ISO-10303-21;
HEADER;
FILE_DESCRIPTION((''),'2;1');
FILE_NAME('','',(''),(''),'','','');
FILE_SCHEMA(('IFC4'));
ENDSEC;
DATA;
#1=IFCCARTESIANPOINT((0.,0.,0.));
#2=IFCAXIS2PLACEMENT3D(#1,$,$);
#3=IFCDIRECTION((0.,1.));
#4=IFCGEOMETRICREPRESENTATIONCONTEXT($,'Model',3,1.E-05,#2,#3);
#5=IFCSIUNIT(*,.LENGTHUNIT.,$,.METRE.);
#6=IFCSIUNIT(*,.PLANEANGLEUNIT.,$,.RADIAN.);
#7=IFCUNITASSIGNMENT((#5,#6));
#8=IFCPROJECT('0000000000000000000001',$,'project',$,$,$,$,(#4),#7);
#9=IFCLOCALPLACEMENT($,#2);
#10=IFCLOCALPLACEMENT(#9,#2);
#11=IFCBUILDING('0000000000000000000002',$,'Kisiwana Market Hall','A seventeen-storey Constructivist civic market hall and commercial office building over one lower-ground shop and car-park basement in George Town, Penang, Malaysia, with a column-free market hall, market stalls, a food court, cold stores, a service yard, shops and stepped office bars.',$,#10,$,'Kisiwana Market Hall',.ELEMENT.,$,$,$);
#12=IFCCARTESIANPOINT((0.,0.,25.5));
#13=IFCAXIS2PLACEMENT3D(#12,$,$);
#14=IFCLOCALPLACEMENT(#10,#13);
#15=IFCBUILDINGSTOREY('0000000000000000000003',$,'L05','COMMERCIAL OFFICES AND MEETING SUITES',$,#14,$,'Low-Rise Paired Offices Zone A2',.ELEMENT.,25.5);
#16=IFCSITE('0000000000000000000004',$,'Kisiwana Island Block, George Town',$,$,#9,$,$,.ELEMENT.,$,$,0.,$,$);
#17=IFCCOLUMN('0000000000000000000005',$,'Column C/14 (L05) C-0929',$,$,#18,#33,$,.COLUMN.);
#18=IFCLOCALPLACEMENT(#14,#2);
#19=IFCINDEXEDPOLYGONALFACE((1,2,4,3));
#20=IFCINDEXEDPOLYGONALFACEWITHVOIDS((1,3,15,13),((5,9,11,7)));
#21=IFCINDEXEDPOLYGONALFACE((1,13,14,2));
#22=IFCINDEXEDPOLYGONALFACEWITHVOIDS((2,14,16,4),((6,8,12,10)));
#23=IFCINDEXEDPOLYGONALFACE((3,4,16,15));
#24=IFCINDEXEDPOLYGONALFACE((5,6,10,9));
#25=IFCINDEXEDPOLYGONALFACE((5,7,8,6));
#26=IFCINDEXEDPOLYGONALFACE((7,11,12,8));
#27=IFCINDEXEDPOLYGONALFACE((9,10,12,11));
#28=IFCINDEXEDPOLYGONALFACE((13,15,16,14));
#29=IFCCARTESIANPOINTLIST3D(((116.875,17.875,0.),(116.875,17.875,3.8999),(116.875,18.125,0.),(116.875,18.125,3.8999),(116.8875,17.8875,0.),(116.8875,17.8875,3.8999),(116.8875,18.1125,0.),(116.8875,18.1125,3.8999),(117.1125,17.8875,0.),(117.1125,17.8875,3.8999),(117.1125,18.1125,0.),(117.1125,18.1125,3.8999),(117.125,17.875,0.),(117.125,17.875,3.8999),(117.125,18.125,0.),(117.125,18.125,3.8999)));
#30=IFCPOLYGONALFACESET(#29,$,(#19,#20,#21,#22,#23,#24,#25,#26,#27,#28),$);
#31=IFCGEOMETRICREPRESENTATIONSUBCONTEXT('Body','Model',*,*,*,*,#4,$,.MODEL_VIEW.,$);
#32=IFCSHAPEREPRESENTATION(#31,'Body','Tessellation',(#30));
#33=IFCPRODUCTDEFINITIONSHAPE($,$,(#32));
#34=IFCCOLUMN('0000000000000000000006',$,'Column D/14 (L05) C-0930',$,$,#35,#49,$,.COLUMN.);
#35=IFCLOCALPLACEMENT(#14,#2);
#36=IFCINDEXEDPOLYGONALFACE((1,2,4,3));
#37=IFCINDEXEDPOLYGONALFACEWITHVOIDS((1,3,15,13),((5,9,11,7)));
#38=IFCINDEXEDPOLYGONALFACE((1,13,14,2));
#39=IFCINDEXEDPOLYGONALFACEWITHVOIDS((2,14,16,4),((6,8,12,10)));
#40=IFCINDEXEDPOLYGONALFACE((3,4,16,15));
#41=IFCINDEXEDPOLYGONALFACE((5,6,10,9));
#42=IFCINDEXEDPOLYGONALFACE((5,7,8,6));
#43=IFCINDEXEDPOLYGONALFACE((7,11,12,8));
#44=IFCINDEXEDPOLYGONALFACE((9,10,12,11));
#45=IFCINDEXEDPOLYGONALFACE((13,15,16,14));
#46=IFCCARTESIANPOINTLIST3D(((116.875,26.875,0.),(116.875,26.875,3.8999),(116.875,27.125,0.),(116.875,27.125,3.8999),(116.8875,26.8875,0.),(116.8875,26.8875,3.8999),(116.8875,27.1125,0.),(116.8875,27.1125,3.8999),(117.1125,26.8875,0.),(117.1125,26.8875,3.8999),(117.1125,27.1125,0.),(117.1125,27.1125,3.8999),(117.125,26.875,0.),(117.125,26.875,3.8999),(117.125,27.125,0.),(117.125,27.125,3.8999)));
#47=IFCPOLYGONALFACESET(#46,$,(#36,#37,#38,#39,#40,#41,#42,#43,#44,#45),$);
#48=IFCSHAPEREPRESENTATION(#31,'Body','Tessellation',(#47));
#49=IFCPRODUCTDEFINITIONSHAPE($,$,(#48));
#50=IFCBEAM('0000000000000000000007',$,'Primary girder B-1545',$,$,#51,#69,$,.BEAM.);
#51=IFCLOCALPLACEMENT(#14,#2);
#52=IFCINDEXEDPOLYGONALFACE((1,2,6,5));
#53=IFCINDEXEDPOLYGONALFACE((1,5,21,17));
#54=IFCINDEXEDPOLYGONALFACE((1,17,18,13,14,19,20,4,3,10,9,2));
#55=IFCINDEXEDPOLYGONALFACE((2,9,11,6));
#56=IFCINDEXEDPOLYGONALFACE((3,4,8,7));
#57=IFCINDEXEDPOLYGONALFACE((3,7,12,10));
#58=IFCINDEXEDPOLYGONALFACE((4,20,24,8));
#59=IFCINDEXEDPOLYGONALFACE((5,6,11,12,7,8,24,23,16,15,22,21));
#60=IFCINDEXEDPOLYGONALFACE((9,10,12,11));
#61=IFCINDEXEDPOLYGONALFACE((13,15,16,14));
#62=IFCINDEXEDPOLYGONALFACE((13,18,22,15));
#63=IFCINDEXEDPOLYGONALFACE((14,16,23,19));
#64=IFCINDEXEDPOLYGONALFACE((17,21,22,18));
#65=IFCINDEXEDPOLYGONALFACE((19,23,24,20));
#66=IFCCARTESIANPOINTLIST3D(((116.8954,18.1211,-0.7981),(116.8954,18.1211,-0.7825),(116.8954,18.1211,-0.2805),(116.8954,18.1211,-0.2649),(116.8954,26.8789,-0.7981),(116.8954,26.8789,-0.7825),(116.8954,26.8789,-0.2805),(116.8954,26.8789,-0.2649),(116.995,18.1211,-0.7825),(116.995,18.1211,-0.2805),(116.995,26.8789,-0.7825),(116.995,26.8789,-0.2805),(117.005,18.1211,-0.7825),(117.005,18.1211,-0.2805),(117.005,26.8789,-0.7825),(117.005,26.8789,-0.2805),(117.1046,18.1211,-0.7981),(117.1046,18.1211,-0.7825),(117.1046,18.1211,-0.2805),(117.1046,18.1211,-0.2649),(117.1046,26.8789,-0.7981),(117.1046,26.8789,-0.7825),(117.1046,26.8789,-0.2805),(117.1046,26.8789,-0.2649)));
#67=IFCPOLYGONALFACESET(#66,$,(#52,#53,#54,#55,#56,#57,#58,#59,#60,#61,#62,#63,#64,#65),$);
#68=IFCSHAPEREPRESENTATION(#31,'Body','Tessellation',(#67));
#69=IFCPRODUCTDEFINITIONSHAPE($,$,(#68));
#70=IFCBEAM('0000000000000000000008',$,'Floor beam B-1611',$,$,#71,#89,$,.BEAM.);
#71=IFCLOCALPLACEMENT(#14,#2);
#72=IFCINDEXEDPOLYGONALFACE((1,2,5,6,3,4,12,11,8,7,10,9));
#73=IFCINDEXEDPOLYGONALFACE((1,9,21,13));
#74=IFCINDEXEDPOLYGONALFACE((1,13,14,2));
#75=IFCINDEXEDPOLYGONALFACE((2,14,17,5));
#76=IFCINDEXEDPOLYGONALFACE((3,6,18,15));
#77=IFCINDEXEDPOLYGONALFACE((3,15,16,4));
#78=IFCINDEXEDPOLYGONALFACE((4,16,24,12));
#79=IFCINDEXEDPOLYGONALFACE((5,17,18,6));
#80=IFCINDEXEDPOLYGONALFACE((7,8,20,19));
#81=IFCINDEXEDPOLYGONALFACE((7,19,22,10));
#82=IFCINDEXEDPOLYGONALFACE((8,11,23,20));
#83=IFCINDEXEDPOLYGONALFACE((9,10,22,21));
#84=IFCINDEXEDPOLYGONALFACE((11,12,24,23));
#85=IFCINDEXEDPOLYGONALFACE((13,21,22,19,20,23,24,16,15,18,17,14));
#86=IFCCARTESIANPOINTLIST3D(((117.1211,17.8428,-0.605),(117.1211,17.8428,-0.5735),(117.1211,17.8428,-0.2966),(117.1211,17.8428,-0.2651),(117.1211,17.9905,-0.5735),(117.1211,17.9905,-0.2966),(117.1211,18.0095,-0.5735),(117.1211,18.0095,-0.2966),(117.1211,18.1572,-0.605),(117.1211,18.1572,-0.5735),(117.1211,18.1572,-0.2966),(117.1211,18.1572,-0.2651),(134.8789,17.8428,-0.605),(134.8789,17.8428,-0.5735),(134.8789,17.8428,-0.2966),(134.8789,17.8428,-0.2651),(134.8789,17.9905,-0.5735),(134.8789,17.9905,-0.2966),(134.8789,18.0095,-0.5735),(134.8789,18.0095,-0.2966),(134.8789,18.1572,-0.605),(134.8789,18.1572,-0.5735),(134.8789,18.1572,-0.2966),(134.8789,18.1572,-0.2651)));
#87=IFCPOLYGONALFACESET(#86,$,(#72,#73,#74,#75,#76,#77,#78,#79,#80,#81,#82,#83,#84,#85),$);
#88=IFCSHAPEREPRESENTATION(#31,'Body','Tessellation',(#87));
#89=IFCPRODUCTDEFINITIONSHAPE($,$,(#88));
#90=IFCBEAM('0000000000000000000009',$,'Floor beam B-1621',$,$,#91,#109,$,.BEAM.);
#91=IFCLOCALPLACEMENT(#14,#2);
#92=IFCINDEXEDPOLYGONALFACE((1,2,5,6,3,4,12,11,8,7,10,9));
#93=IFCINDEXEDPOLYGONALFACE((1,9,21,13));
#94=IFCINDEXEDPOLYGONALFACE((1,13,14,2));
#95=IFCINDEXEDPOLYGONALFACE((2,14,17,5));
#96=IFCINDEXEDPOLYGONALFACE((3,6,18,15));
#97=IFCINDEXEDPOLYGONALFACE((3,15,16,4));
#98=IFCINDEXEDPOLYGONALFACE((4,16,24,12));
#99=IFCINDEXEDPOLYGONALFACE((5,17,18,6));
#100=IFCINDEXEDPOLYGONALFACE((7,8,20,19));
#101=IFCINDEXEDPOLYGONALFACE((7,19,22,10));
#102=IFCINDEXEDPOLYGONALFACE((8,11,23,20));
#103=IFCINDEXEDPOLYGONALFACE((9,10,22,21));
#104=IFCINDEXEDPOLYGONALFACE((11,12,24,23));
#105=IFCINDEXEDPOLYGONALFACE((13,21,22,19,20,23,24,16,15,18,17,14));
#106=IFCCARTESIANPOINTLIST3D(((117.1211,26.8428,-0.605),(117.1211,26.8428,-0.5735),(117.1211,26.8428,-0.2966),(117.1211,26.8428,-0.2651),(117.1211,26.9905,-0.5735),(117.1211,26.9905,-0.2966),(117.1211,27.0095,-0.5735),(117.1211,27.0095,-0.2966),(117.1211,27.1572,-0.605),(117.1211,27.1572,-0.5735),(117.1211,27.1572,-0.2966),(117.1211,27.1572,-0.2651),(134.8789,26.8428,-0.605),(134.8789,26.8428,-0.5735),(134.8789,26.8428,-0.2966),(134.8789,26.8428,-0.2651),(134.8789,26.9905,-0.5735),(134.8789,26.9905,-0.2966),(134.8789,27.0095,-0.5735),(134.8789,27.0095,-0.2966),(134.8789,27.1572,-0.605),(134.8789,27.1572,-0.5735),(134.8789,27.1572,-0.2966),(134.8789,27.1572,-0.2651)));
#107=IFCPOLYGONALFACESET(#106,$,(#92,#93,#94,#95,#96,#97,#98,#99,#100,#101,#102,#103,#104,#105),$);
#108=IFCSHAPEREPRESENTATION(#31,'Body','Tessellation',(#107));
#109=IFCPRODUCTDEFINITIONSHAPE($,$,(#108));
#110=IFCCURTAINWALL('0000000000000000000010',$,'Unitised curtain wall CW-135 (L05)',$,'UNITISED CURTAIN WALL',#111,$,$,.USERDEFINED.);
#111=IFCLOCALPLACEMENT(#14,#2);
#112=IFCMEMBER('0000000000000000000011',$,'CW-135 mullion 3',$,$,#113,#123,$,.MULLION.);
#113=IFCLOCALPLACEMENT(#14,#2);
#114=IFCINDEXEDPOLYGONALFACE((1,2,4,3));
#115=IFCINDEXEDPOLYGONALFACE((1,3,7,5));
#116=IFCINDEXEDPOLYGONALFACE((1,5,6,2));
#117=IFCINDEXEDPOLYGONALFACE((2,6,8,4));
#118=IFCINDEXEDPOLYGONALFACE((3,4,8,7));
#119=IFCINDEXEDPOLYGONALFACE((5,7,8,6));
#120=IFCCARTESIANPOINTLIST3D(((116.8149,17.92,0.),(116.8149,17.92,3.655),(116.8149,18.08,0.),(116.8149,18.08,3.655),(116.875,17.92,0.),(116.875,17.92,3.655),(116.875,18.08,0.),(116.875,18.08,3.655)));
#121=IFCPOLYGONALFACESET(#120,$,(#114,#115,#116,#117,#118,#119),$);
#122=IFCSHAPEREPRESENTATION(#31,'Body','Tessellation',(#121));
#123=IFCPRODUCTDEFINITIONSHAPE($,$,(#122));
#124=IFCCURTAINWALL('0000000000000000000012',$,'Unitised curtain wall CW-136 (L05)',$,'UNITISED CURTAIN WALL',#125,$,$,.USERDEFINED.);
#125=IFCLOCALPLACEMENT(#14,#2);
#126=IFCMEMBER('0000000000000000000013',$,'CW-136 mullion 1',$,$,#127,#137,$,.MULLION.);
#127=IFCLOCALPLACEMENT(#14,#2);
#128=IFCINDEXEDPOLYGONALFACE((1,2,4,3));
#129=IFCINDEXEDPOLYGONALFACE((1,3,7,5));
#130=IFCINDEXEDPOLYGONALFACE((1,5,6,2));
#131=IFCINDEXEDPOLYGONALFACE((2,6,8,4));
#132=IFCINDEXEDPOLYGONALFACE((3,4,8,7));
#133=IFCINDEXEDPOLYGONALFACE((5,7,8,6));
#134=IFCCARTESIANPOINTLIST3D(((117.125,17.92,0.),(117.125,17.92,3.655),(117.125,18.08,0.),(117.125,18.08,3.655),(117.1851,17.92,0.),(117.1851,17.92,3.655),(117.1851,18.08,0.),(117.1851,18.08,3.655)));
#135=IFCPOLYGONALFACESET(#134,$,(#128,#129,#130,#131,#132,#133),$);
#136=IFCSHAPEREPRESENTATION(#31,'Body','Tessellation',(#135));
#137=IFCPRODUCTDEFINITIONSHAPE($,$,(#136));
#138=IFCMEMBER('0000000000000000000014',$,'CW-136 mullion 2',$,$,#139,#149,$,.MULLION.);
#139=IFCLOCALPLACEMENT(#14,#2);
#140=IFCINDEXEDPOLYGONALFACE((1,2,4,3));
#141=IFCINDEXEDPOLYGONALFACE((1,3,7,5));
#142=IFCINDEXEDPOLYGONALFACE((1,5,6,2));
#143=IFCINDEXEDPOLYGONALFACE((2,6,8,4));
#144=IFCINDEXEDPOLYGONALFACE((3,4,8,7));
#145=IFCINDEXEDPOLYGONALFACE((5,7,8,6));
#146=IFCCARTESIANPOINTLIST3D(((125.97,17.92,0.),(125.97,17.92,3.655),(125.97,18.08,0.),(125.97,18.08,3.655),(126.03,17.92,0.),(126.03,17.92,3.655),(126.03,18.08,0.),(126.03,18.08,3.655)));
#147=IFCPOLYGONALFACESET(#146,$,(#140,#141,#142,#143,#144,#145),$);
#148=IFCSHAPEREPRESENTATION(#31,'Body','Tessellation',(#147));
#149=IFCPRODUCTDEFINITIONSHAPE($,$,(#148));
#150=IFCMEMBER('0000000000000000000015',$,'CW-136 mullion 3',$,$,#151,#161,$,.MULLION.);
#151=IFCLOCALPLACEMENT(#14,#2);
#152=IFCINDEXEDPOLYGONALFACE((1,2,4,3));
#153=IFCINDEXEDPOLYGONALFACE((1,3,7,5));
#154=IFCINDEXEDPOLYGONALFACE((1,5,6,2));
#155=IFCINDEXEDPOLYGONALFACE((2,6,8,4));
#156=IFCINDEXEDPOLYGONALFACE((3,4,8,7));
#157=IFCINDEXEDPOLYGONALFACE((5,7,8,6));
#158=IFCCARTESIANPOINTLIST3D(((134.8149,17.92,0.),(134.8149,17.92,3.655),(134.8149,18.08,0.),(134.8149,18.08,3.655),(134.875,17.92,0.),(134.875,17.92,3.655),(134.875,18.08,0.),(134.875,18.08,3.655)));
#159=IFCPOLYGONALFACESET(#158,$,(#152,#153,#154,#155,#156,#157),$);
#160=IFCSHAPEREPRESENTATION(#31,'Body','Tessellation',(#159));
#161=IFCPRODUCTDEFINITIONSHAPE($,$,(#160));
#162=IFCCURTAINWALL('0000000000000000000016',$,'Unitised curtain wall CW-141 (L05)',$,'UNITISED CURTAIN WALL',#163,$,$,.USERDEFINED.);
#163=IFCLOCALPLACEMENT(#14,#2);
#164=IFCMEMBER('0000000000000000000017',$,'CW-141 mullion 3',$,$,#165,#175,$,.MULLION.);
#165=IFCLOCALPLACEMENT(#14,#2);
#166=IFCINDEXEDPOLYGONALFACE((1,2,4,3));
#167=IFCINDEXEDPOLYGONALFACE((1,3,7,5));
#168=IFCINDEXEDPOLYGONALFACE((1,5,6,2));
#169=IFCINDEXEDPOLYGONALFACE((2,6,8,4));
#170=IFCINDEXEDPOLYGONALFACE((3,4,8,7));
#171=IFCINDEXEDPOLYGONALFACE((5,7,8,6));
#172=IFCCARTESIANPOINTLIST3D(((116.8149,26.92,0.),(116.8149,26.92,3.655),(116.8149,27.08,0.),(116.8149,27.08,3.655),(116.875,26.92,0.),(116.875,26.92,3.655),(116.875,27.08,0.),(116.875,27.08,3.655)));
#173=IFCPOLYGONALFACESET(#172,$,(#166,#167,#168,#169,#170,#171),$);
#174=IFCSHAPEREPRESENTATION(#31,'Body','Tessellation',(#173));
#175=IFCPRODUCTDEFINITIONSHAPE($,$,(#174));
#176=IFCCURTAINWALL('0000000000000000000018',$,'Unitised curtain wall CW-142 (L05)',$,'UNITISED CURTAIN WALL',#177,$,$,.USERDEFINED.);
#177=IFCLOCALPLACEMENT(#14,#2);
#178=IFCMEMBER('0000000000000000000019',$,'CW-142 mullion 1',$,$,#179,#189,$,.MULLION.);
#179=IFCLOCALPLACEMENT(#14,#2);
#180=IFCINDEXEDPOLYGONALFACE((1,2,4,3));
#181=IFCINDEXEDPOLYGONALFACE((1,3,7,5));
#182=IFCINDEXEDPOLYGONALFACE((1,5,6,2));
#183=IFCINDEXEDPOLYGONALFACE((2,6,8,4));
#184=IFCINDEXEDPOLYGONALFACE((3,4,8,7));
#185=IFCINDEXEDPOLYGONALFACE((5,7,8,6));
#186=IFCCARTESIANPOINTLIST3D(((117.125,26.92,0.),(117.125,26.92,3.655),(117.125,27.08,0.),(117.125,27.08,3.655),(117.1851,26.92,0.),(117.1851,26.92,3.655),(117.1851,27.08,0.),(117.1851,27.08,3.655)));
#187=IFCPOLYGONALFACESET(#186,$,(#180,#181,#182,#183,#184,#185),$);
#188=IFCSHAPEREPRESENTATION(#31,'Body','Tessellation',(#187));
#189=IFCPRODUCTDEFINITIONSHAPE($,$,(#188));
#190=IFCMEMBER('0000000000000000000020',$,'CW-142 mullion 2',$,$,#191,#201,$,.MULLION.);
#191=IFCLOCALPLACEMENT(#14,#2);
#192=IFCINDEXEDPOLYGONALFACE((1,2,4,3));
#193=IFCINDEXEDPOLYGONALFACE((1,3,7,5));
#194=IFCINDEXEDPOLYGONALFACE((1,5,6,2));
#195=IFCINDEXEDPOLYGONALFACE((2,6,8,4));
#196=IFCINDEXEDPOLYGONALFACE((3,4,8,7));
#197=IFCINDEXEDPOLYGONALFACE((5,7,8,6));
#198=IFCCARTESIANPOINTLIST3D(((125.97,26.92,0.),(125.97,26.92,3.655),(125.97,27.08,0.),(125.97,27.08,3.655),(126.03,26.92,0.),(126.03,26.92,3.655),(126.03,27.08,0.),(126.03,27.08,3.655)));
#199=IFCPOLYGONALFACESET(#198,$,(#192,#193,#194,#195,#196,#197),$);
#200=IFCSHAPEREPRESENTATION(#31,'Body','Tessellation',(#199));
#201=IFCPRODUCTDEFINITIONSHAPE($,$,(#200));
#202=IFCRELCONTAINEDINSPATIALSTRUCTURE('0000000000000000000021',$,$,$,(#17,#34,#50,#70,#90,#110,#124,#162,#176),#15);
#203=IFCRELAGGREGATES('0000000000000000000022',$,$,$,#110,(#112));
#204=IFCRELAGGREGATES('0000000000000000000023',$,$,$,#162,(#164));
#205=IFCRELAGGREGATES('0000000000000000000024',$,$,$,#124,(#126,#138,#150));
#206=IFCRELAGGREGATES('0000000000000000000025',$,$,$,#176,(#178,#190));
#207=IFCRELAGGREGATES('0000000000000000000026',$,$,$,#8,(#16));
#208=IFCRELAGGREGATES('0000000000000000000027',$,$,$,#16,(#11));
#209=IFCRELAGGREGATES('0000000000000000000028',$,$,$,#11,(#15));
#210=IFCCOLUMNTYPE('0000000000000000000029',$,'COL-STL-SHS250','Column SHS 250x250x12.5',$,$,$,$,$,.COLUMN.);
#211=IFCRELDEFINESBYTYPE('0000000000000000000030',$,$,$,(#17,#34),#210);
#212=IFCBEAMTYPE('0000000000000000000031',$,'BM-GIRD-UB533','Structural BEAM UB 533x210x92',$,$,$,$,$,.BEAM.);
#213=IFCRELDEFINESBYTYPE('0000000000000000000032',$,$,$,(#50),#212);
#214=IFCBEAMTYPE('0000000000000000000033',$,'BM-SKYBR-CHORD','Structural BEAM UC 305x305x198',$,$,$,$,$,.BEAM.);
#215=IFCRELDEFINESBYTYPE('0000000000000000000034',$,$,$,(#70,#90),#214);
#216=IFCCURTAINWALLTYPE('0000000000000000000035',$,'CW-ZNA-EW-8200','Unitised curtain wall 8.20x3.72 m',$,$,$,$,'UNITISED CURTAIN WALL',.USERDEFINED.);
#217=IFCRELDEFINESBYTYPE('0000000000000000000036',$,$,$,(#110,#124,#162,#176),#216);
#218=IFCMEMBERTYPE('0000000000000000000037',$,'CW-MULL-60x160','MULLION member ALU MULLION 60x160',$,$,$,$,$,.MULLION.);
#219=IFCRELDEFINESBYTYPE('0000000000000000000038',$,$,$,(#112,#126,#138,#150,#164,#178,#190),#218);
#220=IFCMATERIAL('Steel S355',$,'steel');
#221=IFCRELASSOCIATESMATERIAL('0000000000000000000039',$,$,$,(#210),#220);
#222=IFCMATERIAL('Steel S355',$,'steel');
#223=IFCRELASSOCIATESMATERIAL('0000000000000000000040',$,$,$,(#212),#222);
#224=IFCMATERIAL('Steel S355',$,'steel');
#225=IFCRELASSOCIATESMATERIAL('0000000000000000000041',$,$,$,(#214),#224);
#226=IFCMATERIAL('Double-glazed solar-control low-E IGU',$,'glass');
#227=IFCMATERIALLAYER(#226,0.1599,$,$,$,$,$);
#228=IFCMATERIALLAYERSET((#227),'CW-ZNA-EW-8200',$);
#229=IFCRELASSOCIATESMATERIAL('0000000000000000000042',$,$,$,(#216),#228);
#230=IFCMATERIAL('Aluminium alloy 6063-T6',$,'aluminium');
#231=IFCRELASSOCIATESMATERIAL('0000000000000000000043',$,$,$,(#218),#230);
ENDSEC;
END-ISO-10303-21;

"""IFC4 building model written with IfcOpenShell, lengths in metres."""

from ifc_helpers import new_model, si_unit, direction, frame, origin, origin_2d, place, context, subcontext, project, spatial, rectangle, hollow_rectangle, i_section, extrude, material, layer, layer_set, material_profile, profile_set, type_object, element, aggregate, save


model = new_model("IFC4")

# Units and contexts
model_context = context("Model", 3, precision=1e-05, world=origin(), true_north=direction((0.0, 1.0)))
body_context = subcontext(model_context, "Body", "Model", "MODEL_VIEW")
ifc_project = project(units=[si_unit("LENGTHUNIT", "METRE"), si_unit("PLANEANGLEUNIT", "RADIAN")], contexts=[model_context])

# Site, building, storey
site_placement = place(None, origin())
site = spatial("IfcSite", under=ifc_project, at=site_placement, Name="Kisiwana Island Block, George Town", CompositionType="ELEMENT", RefElevation=0.0)
building_placement = place(site_placement, origin())
building = spatial("IfcBuilding", under=site, at=building_placement, Name="Kisiwana Market Hall", Description="A seventeen-storey Constructivist civic market hall and commercial office building over one lower-ground shop and car-park basement in George Town, Penang, Malaysia, with a column-free market hall, market stalls, a food court, cold stores, a service yard, shops and stepped office bars.", LongName="Kisiwana Market Hall", CompositionType="ELEMENT")
storey_placement = place(building_placement, frame((0.0, 0.0, 25.5)))
storey = spatial("IfcBuildingStorey", under=building, at=storey_placement, Name="L05", Description="COMMERCIAL OFFICES AND MEETING SUITES", LongName="Low-Rise Paired Offices Zone A2", CompositionType="ELEMENT", Elevation=25.5)

# Columns
ifc_material_1 = material(Name="Steel S355", Category="steel")
ifc_material_profile_1 = material_profile(ifc_material_1, hollow_rectangle(XDim=0.25, YDim=0.25, WallThickness=0.0125, at=origin_2d()), Name="SHS 250x250x12.5")
ifc_profile_set_1 = profile_set([ifc_material_profile_1], Name="Steel S355")
column_type = type_object("IfcColumnType", Name="COL-STL-SHS250", Description="Column SHS 250x250x12.5", PredefinedType="COLUMN", material=ifc_profile_set_1)
for number, where, z_axis, x_axis, name in (
    (1, (117.0, 18.0, 0.0), (0.0, 0.0, 1.0), (1.0, 0.0, 0.0), "Column C/14 (L05) C-0929"),
    (2, (117.0, 27.0, 0.0), (0.0, 0.0, 1.0), (1.0, 0.0, 0.0), "Column D/14 (L05) C-0930"),
):
    element("IfcColumn", number, at=place(storey_placement, frame(where, z_axis=z_axis, x_axis=x_axis)), inside=storey, type_object=column_type, Name=name, PredefinedType="COLUMN", context=body_context, shape_type="SweptSolid", body=[
        extrude(hollow_rectangle(XDim=0.25, YDim=0.25, WallThickness=0.0125, at=origin_2d()), origin(), (0.0, 0.0, 1.0), 3.8999),
    ])

# Beams
ifc_material_2 = material(Name="Steel S355", Category="steel")
ifc_material_profile_2 = material_profile(ifc_material_2, i_section(OverallWidth=0.2092, OverallDepth=0.5332, WebThickness=0.01, FlangeThickness=0.0156, at=origin_2d()), Name="UB 533x210x92")
ifc_profile_set_2 = profile_set([ifc_material_profile_2], Name="Steel S355")
beam_type_1 = type_object("IfcBeamType", Name="BM-GIRD-UB533", Description="Structural BEAM UB 533x210x92", PredefinedType="BEAM", material=ifc_profile_set_2)
beam_placement = place(storey_placement, frame((117.0, 18.1211, -0.5315), z_axis=(0.0, 1.0, 0.0), x_axis=(-1.0, 0.0, 0.0)))
element("IfcBeam", 3, at=beam_placement, inside=storey, type_object=beam_type_1, Name="Primary girder B-1545", PredefinedType="BEAM", context=body_context, shape_type="SweptSolid", body=[
    extrude(i_section(OverallWidth=0.2092, OverallDepth=0.5332, WebThickness=0.01, FlangeThickness=0.0156, at=origin_2d()), origin(), (0.0, 0.0, 1.0), 8.7578),
])
ifc_material_3 = material(Name="Steel S355", Category="steel")
ifc_material_profile_3 = material_profile(ifc_material_3, i_section(OverallWidth=0.3145, OverallDepth=0.3398, WebThickness=0.019, FlangeThickness=0.0315, at=origin_2d()), Name="UC 305x305x198")
ifc_profile_set_3 = profile_set([ifc_material_profile_3], Name="Steel S355")
beam_type_2 = type_object("IfcBeamType", Name="BM-SKYBR-CHORD", Description="Structural BEAM UC 305x305x198", PredefinedType="BEAM", material=ifc_profile_set_3)
for number, where, z_axis, x_axis, name in (
    (4, (117.1211, 18.0, -0.4351), (1.0, 0.0, 0.0), (0.0, 1.0, 0.0), "Floor beam B-1611"),
    (5, (117.1211, 27.0, -0.4351), (1.0, 0.0, 0.0), (0.0, 1.0, 0.0), "Floor beam B-1621"),
):
    element("IfcBeam", number, at=place(storey_placement, frame(where, z_axis=z_axis, x_axis=x_axis)), inside=storey, type_object=beam_type_2, Name=name, PredefinedType="BEAM", context=body_context, shape_type="SweptSolid", body=[
        extrude(i_section(OverallWidth=0.3145, OverallDepth=0.3398, WebThickness=0.019, FlangeThickness=0.0315, at=origin_2d()), origin(), (0.0, 0.0, 1.0), 17.7578),
    ])

# Curtain wall, member
ifc_material_4 = material(Name="Double-glazed solar-control low-E IGU", Category="glass")
ifc_layer_1 = layer(ifc_material_4, 0.1599)
ifc_layer_set_1 = layer_set([ifc_layer_1], Name="CW-ZNA-EW-8200")
curtain_wall_type = type_object("IfcCurtainWallType", Name="CW-ZNA-EW-8200", Description="Unitised curtain wall 8.20x3.72 m", ElementType="UNITISED CURTAIN WALL", PredefinedType="USERDEFINED", material=ifc_layer_set_1)
curtain_wall_1_placement = place(storey_placement, origin())
curtain_wall_1 = element("IfcCurtainWall", 6, at=curtain_wall_1_placement, inside=storey, type_object=curtain_wall_type, Name="Unitised curtain wall CW-135 (L05)", ObjectType="UNITISED CURTAIN WALL", PredefinedType="USERDEFINED")
ifc_material_5 = material(Name="Aluminium alloy 6063-T6", Category="aluminium")
ifc_material_profile_4 = material_profile(ifc_material_5, rectangle(XDim=0.0601, YDim=0.1599, at=origin_2d()), Name="ALU MULLION 60x160")
ifc_profile_set_4 = profile_set([ifc_material_profile_4], Name="Aluminium alloy 6063-T6")
member_type_1 = type_object("IfcMemberType", Name="CW-MULL-60x160", Description="MULLION member ALU MULLION 60x160", PredefinedType="MULLION", material=ifc_profile_set_4)
member_1_placement = place(storey_placement, frame((116.845, 18.0, 0.0), z_axis=(0.0, 0.0, 1.0), x_axis=(1.0, 0.0, 0.0)))
member_1 = element("IfcMember", 7, at=member_1_placement, type_object=member_type_1, Name="CW-135 mullion 3", PredefinedType="MULLION", context=body_context, shape_type="SweptSolid", body=[
    extrude(rectangle(XDim=0.0601, YDim=0.1599, at=origin_2d()), origin(), (0.0, 0.0, 1.0), 3.655),
])

# Curtain wall, members
curtain_wall_2_placement = place(storey_placement, origin())
curtain_wall_2 = element("IfcCurtainWall", 8, at=curtain_wall_2_placement, inside=storey, type_object=curtain_wall_type, Name="Unitised curtain wall CW-136 (L05)", ObjectType="UNITISED CURTAIN WALL", PredefinedType="USERDEFINED")
member_2_placement = place(storey_placement, frame((117.155, 18.0, 0.0), z_axis=(0.0, 0.0, 1.0), x_axis=(1.0, 0.0, 0.0)))
member_2 = element("IfcMember", 9, at=member_2_placement, type_object=member_type_1, Name="CW-136 mullion 1", PredefinedType="MULLION", context=body_context, shape_type="SweptSolid", body=[
    extrude(rectangle(XDim=0.0601, YDim=0.1599, at=origin_2d()), origin(), (0.0, 0.0, 1.0), 3.655),
])
member_3_placement = place(storey_placement, frame((126.0, 18.0, 0.0), z_axis=(0.0, 0.0, 1.0), x_axis=(1.0, 0.0, 0.0)))
member_3 = element("IfcMember", 10, at=member_3_placement, type_object=member_type_1, Name="CW-136 mullion 2", PredefinedType="MULLION", context=body_context, shape_type="SweptSolid", body=[
    extrude(rectangle(XDim=0.0601, YDim=0.1599, at=origin_2d()), origin(), (0.0, 0.0, 1.0), 3.655),
])
member_4_placement = place(storey_placement, frame((134.845, 18.0, 0.0), z_axis=(0.0, 0.0, 1.0), x_axis=(1.0, 0.0, 0.0)))
member_4 = element("IfcMember", 11, at=member_4_placement, type_object=member_type_1, Name="CW-136 mullion 3", PredefinedType="MULLION", context=body_context, shape_type="SweptSolid", body=[
    extrude(rectangle(XDim=0.0601, YDim=0.1599, at=origin_2d()), origin(), (0.0, 0.0, 1.0), 3.655),
])

# Curtain wall, member
curtain_wall_3_placement = place(storey_placement, origin())
curtain_wall_3 = element("IfcCurtainWall", 12, at=curtain_wall_3_placement, inside=storey, type_object=curtain_wall_type, Name="Unitised curtain wall CW-141 (L05)", ObjectType="UNITISED CURTAIN WALL", PredefinedType="USERDEFINED")
member_5_placement = place(storey_placement, frame((116.845, 27.0, 0.0), z_axis=(0.0, 0.0, 1.0), x_axis=(1.0, 0.0, 0.0)))
member_5 = element("IfcMember", 13, at=member_5_placement, type_object=member_type_1, Name="CW-141 mullion 3", PredefinedType="MULLION", context=body_context, shape_type="SweptSolid", body=[
    extrude(rectangle(XDim=0.0601, YDim=0.1599, at=origin_2d()), origin(), (0.0, 0.0, 1.0), 3.655),
])

# Curtain wall, members
curtain_wall_4_placement = place(storey_placement, origin())
curtain_wall_4 = element("IfcCurtainWall", 14, at=curtain_wall_4_placement, inside=storey, type_object=curtain_wall_type, Name="Unitised curtain wall CW-142 (L05)", ObjectType="UNITISED CURTAIN WALL", PredefinedType="USERDEFINED")
member_6_placement = place(storey_placement, frame((117.155, 27.0, 0.0), z_axis=(0.0, 0.0, 1.0), x_axis=(1.0, 0.0, 0.0)))
member_6 = element("IfcMember", 15, at=member_6_placement, type_object=member_type_1, Name="CW-142 mullion 1", PredefinedType="MULLION", context=body_context, shape_type="SweptSolid", body=[
    extrude(rectangle(XDim=0.0601, YDim=0.1599, at=origin_2d()), origin(), (0.0, 0.0, 1.0), 3.655),
])
member_7_placement = place(storey_placement, frame((126.0, 27.0, 0.0), z_axis=(0.0, 0.0, 1.0), x_axis=(1.0, 0.0, 0.0)))
member_7 = element("IfcMember", 16, at=member_7_placement, type_object=member_type_1, Name="CW-142 mullion 2", PredefinedType="MULLION", context=body_context, shape_type="SweptSolid", body=[
    extrude(rectangle(XDim=0.0601, YDim=0.1599, at=origin_2d()), origin(), (0.0, 0.0, 1.0), 3.655),
])

aggregate(curtain_wall_1, [member_1])
aggregate(curtain_wall_3, [member_5])
aggregate(curtain_wall_2, [member_2, member_3, member_4])
aggregate(curtain_wall_4, [member_6, member_7])

save(model, "model.ifc")
